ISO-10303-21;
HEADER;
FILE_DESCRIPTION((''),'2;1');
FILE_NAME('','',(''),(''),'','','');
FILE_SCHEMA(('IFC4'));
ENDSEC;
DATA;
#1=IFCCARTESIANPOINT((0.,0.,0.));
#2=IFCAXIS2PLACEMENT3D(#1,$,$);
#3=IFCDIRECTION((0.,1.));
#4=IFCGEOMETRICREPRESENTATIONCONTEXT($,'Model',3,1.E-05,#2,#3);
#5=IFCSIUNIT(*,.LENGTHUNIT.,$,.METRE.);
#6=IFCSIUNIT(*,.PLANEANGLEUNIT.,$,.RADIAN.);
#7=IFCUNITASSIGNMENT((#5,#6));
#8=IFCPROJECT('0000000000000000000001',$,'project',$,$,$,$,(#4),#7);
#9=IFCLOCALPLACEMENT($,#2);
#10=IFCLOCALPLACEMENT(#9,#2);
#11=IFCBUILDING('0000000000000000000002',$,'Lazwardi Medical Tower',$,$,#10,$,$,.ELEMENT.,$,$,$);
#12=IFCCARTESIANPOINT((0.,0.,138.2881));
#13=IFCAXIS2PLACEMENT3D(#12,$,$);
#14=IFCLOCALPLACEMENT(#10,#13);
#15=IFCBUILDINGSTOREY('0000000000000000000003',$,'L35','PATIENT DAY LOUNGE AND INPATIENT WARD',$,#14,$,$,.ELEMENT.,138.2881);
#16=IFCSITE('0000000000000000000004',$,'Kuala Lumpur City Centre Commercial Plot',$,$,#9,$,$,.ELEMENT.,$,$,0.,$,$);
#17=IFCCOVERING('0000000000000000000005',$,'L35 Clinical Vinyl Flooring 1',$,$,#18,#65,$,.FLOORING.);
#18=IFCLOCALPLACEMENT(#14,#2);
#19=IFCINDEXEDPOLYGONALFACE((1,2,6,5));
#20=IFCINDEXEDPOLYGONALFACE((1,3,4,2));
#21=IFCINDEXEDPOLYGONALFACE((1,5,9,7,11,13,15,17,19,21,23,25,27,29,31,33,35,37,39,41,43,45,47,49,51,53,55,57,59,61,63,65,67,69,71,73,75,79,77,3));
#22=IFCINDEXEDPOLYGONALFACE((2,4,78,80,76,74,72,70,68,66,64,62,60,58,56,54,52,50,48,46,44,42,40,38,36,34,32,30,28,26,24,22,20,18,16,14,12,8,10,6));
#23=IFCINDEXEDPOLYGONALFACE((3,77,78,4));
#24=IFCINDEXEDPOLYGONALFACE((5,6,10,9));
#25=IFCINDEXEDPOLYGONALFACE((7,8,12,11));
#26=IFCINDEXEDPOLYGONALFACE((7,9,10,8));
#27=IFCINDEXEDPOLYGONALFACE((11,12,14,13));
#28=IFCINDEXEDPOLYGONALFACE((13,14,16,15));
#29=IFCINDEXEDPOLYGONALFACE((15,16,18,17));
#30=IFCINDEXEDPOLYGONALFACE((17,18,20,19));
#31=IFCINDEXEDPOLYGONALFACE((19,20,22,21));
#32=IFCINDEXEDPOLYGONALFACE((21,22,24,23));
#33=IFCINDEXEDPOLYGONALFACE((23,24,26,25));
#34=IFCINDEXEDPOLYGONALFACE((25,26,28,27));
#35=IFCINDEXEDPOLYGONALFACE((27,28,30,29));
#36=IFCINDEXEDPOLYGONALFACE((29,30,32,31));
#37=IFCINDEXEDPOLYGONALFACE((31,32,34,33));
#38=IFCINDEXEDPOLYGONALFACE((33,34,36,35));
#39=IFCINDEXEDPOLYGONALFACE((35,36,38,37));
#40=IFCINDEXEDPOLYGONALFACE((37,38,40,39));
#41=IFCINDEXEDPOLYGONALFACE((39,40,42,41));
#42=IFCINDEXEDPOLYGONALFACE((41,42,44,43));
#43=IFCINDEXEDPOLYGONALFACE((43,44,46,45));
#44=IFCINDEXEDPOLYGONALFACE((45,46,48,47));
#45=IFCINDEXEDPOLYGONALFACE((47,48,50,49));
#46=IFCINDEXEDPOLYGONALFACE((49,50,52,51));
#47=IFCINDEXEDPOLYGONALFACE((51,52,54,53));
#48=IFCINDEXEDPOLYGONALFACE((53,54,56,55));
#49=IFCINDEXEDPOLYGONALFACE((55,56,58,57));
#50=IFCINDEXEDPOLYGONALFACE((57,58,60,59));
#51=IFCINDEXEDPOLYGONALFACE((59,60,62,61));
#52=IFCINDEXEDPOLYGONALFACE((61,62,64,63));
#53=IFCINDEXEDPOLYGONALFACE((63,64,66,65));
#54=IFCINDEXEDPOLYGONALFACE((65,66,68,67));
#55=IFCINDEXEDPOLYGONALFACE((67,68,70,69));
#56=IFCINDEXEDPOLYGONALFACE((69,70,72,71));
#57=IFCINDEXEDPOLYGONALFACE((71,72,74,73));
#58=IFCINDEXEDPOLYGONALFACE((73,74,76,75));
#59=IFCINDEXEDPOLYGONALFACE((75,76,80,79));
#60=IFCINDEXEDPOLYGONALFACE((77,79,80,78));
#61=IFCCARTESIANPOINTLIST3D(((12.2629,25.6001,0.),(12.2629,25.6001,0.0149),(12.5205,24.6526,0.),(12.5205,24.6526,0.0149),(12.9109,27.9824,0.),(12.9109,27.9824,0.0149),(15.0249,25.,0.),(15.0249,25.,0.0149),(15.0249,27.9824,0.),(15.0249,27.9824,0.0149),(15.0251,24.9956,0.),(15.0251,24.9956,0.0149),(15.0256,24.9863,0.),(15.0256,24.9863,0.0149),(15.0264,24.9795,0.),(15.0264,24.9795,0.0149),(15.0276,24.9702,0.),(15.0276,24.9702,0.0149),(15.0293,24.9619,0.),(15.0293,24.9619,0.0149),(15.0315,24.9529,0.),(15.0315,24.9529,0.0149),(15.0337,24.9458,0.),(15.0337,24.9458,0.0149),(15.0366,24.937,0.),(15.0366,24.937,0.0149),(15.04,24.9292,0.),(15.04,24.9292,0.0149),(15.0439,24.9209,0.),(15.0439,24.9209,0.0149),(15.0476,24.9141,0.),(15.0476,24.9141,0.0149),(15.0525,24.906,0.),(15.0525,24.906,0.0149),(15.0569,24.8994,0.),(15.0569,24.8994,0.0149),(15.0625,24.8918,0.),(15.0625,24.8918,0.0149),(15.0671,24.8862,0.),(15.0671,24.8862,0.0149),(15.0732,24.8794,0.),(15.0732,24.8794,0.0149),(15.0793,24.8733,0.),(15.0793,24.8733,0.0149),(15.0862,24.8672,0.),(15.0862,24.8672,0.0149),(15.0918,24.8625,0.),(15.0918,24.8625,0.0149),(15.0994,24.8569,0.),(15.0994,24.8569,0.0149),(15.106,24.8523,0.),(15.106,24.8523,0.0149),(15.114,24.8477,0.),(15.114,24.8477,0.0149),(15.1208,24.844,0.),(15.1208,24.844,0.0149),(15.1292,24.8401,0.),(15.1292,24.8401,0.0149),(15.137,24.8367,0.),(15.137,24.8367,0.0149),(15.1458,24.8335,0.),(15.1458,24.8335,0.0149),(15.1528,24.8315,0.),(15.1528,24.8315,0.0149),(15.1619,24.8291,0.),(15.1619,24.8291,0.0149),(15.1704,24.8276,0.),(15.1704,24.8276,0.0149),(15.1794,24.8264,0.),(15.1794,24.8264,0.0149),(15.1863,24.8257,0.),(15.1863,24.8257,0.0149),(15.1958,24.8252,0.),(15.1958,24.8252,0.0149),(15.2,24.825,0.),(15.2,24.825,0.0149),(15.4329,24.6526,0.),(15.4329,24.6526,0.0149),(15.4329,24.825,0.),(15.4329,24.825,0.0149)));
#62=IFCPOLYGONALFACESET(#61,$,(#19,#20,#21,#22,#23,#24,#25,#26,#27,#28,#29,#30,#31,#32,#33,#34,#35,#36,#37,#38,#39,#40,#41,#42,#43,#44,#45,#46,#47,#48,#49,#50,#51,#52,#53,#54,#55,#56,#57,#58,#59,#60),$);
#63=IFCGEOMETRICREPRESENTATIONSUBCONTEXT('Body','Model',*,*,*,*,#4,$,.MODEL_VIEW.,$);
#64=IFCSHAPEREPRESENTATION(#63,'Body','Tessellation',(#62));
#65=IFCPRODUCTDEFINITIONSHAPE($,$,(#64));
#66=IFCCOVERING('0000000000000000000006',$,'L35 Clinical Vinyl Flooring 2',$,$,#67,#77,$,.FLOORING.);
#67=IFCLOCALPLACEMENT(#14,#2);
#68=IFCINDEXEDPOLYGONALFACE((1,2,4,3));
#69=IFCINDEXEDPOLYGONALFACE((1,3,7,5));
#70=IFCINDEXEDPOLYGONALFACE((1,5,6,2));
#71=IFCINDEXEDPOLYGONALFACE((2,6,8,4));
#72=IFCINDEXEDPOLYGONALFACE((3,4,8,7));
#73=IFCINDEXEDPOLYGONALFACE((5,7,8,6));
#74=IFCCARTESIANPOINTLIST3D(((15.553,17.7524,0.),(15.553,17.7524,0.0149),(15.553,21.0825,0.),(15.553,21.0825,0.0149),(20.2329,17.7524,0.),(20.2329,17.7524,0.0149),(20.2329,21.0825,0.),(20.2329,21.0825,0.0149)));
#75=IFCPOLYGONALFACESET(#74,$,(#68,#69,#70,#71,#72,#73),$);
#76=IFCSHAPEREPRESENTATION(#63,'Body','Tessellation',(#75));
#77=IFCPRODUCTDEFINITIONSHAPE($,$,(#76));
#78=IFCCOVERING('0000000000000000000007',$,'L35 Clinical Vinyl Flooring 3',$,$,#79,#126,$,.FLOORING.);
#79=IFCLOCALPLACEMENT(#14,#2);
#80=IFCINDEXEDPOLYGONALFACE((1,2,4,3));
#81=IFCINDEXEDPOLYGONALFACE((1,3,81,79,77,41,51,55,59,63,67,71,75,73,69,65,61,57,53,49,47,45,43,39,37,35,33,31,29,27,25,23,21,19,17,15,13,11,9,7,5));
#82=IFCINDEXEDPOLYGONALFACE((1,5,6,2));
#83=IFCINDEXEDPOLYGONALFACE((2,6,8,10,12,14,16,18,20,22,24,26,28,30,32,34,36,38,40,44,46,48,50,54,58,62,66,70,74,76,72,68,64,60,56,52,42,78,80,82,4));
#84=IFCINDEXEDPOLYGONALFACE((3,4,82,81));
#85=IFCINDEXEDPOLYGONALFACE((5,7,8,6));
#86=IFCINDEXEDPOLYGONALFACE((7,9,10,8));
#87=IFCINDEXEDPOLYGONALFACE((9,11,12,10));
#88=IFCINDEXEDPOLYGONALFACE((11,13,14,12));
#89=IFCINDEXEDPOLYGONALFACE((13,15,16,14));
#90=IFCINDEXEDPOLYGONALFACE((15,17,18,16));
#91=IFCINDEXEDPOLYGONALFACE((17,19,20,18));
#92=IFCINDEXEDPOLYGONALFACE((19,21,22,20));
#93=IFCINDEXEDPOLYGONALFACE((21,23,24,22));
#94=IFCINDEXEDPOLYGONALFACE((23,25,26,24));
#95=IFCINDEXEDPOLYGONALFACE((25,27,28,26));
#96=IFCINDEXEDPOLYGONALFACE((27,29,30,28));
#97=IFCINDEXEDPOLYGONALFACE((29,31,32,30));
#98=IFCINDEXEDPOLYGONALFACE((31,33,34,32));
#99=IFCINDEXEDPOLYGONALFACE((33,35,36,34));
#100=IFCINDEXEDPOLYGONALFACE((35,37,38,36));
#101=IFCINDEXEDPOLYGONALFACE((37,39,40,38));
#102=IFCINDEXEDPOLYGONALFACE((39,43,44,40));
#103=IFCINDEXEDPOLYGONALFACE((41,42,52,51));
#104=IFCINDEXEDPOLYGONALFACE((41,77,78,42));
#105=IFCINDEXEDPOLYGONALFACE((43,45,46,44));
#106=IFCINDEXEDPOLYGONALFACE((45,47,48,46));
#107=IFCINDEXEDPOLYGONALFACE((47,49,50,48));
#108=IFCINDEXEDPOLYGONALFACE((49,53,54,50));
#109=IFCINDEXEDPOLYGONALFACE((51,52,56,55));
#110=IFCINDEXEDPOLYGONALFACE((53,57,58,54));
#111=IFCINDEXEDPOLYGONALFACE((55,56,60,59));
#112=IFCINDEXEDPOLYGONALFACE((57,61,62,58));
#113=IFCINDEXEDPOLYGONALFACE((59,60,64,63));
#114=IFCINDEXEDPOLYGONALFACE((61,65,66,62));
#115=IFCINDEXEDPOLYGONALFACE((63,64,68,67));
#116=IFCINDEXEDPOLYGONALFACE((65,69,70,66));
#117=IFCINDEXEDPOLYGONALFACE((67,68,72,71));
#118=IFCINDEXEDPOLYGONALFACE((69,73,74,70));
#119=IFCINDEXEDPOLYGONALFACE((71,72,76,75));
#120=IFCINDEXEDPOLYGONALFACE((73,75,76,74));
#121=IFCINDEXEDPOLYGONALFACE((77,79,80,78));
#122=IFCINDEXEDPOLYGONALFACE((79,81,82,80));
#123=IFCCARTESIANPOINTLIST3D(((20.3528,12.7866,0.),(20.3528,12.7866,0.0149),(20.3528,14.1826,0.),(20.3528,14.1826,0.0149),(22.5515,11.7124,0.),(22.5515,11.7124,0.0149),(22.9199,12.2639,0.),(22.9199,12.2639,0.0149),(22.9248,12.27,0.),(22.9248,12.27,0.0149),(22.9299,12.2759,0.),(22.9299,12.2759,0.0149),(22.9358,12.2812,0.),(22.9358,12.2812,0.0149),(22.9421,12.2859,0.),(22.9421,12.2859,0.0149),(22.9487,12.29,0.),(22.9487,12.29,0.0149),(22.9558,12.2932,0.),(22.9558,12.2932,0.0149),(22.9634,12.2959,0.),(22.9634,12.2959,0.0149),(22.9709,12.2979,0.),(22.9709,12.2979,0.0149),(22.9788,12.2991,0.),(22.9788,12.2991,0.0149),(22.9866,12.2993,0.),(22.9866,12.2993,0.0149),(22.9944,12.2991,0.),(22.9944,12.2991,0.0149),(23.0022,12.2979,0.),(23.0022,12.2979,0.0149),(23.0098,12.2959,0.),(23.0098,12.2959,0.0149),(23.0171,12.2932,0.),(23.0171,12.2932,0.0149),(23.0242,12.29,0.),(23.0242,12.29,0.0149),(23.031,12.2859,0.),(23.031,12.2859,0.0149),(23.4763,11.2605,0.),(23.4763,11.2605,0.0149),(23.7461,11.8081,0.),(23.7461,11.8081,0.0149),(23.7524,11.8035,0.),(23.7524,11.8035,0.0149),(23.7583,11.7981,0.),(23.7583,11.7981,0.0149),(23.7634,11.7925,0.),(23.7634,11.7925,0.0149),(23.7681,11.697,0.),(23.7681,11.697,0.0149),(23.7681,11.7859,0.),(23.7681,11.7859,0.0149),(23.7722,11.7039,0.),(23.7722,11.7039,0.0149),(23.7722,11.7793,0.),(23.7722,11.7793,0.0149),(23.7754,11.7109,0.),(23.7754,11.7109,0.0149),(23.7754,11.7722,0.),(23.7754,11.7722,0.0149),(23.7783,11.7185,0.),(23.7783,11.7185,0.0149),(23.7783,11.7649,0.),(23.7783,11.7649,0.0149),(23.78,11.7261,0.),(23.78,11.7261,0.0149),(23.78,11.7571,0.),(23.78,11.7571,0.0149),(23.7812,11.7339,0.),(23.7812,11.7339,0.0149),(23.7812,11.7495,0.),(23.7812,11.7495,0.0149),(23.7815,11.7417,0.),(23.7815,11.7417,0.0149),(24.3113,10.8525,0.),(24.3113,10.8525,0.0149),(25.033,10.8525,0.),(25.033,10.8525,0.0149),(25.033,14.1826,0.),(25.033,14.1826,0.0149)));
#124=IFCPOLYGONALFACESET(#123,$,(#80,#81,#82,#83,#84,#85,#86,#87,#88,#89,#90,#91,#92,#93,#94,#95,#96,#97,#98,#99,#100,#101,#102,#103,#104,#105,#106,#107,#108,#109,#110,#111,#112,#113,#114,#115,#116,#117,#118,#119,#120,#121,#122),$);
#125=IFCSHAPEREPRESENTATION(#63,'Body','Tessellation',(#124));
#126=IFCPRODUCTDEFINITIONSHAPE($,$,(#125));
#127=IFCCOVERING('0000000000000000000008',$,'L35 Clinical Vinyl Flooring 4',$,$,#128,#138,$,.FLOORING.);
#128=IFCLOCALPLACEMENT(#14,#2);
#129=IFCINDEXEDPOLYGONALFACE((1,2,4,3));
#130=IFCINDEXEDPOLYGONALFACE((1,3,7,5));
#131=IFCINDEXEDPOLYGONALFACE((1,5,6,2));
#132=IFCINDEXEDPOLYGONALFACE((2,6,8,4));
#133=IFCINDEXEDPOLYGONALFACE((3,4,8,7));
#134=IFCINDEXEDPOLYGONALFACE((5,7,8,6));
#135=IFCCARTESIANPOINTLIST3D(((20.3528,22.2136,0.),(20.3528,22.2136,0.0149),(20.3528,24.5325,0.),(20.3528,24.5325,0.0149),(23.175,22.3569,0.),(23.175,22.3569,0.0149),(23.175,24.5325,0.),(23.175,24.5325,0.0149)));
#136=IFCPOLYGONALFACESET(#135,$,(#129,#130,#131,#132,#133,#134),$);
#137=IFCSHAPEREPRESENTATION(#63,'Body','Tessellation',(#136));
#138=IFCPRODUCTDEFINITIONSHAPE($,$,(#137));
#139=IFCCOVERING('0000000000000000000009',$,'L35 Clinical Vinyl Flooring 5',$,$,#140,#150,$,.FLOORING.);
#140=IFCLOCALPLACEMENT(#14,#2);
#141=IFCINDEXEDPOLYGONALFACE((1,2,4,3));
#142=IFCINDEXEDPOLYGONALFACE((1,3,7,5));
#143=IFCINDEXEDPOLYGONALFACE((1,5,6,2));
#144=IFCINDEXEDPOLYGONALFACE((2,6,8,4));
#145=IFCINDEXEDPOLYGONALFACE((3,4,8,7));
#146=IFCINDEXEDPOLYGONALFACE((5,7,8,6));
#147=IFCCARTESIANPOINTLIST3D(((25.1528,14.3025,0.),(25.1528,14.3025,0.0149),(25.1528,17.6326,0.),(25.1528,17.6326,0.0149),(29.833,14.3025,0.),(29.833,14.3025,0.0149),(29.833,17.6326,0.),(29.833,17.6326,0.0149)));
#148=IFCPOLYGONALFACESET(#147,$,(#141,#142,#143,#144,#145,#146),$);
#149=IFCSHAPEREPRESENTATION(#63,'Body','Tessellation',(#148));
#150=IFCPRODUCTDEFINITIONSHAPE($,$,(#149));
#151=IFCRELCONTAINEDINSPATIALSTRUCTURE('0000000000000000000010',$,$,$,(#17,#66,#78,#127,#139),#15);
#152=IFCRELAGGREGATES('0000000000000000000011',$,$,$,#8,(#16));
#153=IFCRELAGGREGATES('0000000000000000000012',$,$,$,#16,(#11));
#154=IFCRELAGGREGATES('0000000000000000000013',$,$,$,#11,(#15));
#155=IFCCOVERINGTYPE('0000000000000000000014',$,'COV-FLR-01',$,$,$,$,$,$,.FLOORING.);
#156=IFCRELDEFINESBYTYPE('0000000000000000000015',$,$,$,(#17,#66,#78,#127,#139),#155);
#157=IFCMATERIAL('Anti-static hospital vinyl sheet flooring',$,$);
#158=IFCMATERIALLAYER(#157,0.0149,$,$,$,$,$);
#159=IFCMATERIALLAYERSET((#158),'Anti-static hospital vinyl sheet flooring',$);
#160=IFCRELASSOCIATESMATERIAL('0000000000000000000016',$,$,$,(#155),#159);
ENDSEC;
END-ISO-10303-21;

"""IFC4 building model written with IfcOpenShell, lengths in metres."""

from ifc_helpers import new_model, si_unit, direction, frame, origin, place, context, subcontext, project, spatial, polyline, outline, extrude, material, layer, layer_set, type_object, element, save


model = new_model("IFC4")

# Units and contexts
model_context = context("Model", 3, precision=1e-05, world=origin(), true_north=direction((0.0, 1.0)))
body_context = subcontext(model_context, "Body", "Model", "MODEL_VIEW")
ifc_project = project(units=[si_unit("LENGTHUNIT", "METRE"), si_unit("PLANEANGLEUNIT", "RADIAN")], contexts=[model_context])

# Site, building, storey
site_placement = place(None, origin())
site = spatial("IfcSite", under=ifc_project, at=site_placement, Name="Kuala Lumpur City Centre Commercial Plot", CompositionType="ELEMENT", RefElevation=0.0)
building_placement = place(site_placement, origin())
building = spatial("IfcBuilding", under=site, at=building_placement, Name="Lazwardi Medical Tower", CompositionType="ELEMENT")
storey_placement = place(building_placement, frame((0.0, 0.0, 138.2881)))
storey = spatial("IfcBuildingStorey", under=building, at=storey_placement, Name="L35", Description="PATIENT DAY LOUNGE AND INPATIENT WARD", CompositionType="ELEMENT", Elevation=138.2881)

# Coverings
ifc_material_1 = material(Name="Anti-static hospital vinyl sheet flooring")
ifc_layer_1 = layer(ifc_material_1, 0.0149)
ifc_layer_set_1 = layer_set([ifc_layer_1], Name="Anti-static hospital vinyl sheet flooring")
covering_type_1 = type_object("IfcCoveringType", Name="COV-FLR-01", PredefinedType="FLOORING", material=ifc_layer_set_1)
covering_1_placement = place(storey_placement, origin())
element("IfcCovering", 1, at=covering_1_placement, inside=storey, type_object=covering_type_1, Name="L35 Clinical Vinyl Flooring 1", PredefinedType="FLOORING", context=body_context, shape_type="SweptSolid", body=[
    extrude(outline(polyline([(15.4329, 24.825), (15.2, 24.825), (15.1958, 24.8252), (15.1863, 24.8257), (15.1794, 24.8264), (15.1704, 24.8276), (15.1619, 24.8291), (15.1528, 24.8315), (15.1458, 24.8335), (15.137, 24.8367), (15.1292, 24.8401), (15.1208, 24.844), (15.114, 24.8477), (15.106, 24.8523), (15.0994, 24.8569), (15.0918, 24.8625), (15.0862, 24.8672), (15.0793, 24.8733), (15.0732, 24.8794), (15.0671, 24.8862), (15.0625, 24.8918), (15.0569, 24.8994), (15.0525, 24.906), (15.0476, 24.9141), (15.0439, 24.9209), (15.04, 24.9292), (15.0366, 24.937), (15.0337, 24.9458), (15.0315, 24.9529), (15.0293, 24.9619), (15.0276, 24.9702), (15.0264, 24.9795), (15.0256, 24.9863), (15.0251, 24.9956), (15.0249, 25.0), (15.0249, 27.9824), (12.9109, 27.9824), (12.2629, 25.6001), (12.5205, 24.6526), (15.4329, 24.6526), (15.4329, 24.825)])), origin(), (0.0, 0.0, 1.0), 0.0149),
])
covering_2_placement = place(storey_placement, origin())
element("IfcCovering", 2, at=covering_2_placement, inside=storey, type_object=covering_type_1, Name="L35 Clinical Vinyl Flooring 2", PredefinedType="FLOORING", context=body_context, shape_type="SweptSolid", body=[
    extrude(outline(polyline([(20.2329, 17.7524), (20.2329, 21.0825), (15.553, 21.0825), (15.553, 17.7524), (20.2329, 17.7524)])), origin(), (0.0, 0.0, 1.0), 0.0149),
])
covering_3_placement = place(storey_placement, origin())
element("IfcCovering", 3, at=covering_3_placement, inside=storey, type_object=covering_type_1, Name="L35 Clinical Vinyl Flooring 3", PredefinedType="FLOORING", context=body_context, shape_type="SweptSolid", body=[
    extrude(outline(polyline([(20.3528, 12.7866), (22.5515, 11.7124), (22.9199, 12.2639), (22.9248, 12.27), (22.9299, 12.2759), (22.9358, 12.2812), (22.9421, 12.2859), (22.9487, 12.29), (22.9558, 12.2932), (22.9634, 12.2959), (22.9709, 12.2979), (22.9788, 12.2991), (22.9866, 12.2993), (22.9944, 12.2991), (23.0022, 12.2979), (23.0098, 12.2959), (23.0171, 12.2932), (23.0242, 12.29), (23.031, 12.2859), (23.7461, 11.8081), (23.7524, 11.8035), (23.7583, 11.7981), (23.7634, 11.7925), (23.7681, 11.7859), (23.7722, 11.7793), (23.7754, 11.7722), (23.7783, 11.7649), (23.78, 11.7571), (23.7812, 11.7495), (23.7815, 11.7417), (23.7812, 11.7339), (23.78, 11.7261), (23.7783, 11.7185), (23.7754, 11.7109), (23.7722, 11.7039), (23.7681, 11.697), (23.4763, 11.2605), (24.3113, 10.8525), (25.033, 10.8525), (25.033, 14.1826), (20.3528, 14.1826), (20.3528, 12.7866)])), origin(), (0.0, 0.0, 1.0), 0.0149),
])
covering_4_placement = place(storey_placement, origin())
element("IfcCovering", 4, at=covering_4_placement, inside=storey, type_object=covering_type_1, Name="L35 Clinical Vinyl Flooring 4", PredefinedType="FLOORING", context=body_context, shape_type="SweptSolid", body=[
    extrude(outline(polyline([(20.3528, 22.2136), (23.175, 22.3569), (23.175, 24.5325), (20.3528, 24.5325), (20.3528, 22.2136)])), origin(), (0.0, 0.0, 1.0), 0.0149),
])
covering_5_placement = place(storey_placement, origin())
element("IfcCovering", 5, at=covering_5_placement, inside=storey, type_object=covering_type_1, Name="L35 Clinical Vinyl Flooring 5", PredefinedType="FLOORING", context=body_context, shape_type="SweptSolid", body=[
    extrude(outline(polyline([(29.833, 14.3025), (29.833, 17.6326), (25.1528, 17.6326), (25.1528, 14.3025), (29.833, 14.3025)])), origin(), (0.0, 0.0, 1.0), 0.0149),
])

save(model, "model.ifc")
